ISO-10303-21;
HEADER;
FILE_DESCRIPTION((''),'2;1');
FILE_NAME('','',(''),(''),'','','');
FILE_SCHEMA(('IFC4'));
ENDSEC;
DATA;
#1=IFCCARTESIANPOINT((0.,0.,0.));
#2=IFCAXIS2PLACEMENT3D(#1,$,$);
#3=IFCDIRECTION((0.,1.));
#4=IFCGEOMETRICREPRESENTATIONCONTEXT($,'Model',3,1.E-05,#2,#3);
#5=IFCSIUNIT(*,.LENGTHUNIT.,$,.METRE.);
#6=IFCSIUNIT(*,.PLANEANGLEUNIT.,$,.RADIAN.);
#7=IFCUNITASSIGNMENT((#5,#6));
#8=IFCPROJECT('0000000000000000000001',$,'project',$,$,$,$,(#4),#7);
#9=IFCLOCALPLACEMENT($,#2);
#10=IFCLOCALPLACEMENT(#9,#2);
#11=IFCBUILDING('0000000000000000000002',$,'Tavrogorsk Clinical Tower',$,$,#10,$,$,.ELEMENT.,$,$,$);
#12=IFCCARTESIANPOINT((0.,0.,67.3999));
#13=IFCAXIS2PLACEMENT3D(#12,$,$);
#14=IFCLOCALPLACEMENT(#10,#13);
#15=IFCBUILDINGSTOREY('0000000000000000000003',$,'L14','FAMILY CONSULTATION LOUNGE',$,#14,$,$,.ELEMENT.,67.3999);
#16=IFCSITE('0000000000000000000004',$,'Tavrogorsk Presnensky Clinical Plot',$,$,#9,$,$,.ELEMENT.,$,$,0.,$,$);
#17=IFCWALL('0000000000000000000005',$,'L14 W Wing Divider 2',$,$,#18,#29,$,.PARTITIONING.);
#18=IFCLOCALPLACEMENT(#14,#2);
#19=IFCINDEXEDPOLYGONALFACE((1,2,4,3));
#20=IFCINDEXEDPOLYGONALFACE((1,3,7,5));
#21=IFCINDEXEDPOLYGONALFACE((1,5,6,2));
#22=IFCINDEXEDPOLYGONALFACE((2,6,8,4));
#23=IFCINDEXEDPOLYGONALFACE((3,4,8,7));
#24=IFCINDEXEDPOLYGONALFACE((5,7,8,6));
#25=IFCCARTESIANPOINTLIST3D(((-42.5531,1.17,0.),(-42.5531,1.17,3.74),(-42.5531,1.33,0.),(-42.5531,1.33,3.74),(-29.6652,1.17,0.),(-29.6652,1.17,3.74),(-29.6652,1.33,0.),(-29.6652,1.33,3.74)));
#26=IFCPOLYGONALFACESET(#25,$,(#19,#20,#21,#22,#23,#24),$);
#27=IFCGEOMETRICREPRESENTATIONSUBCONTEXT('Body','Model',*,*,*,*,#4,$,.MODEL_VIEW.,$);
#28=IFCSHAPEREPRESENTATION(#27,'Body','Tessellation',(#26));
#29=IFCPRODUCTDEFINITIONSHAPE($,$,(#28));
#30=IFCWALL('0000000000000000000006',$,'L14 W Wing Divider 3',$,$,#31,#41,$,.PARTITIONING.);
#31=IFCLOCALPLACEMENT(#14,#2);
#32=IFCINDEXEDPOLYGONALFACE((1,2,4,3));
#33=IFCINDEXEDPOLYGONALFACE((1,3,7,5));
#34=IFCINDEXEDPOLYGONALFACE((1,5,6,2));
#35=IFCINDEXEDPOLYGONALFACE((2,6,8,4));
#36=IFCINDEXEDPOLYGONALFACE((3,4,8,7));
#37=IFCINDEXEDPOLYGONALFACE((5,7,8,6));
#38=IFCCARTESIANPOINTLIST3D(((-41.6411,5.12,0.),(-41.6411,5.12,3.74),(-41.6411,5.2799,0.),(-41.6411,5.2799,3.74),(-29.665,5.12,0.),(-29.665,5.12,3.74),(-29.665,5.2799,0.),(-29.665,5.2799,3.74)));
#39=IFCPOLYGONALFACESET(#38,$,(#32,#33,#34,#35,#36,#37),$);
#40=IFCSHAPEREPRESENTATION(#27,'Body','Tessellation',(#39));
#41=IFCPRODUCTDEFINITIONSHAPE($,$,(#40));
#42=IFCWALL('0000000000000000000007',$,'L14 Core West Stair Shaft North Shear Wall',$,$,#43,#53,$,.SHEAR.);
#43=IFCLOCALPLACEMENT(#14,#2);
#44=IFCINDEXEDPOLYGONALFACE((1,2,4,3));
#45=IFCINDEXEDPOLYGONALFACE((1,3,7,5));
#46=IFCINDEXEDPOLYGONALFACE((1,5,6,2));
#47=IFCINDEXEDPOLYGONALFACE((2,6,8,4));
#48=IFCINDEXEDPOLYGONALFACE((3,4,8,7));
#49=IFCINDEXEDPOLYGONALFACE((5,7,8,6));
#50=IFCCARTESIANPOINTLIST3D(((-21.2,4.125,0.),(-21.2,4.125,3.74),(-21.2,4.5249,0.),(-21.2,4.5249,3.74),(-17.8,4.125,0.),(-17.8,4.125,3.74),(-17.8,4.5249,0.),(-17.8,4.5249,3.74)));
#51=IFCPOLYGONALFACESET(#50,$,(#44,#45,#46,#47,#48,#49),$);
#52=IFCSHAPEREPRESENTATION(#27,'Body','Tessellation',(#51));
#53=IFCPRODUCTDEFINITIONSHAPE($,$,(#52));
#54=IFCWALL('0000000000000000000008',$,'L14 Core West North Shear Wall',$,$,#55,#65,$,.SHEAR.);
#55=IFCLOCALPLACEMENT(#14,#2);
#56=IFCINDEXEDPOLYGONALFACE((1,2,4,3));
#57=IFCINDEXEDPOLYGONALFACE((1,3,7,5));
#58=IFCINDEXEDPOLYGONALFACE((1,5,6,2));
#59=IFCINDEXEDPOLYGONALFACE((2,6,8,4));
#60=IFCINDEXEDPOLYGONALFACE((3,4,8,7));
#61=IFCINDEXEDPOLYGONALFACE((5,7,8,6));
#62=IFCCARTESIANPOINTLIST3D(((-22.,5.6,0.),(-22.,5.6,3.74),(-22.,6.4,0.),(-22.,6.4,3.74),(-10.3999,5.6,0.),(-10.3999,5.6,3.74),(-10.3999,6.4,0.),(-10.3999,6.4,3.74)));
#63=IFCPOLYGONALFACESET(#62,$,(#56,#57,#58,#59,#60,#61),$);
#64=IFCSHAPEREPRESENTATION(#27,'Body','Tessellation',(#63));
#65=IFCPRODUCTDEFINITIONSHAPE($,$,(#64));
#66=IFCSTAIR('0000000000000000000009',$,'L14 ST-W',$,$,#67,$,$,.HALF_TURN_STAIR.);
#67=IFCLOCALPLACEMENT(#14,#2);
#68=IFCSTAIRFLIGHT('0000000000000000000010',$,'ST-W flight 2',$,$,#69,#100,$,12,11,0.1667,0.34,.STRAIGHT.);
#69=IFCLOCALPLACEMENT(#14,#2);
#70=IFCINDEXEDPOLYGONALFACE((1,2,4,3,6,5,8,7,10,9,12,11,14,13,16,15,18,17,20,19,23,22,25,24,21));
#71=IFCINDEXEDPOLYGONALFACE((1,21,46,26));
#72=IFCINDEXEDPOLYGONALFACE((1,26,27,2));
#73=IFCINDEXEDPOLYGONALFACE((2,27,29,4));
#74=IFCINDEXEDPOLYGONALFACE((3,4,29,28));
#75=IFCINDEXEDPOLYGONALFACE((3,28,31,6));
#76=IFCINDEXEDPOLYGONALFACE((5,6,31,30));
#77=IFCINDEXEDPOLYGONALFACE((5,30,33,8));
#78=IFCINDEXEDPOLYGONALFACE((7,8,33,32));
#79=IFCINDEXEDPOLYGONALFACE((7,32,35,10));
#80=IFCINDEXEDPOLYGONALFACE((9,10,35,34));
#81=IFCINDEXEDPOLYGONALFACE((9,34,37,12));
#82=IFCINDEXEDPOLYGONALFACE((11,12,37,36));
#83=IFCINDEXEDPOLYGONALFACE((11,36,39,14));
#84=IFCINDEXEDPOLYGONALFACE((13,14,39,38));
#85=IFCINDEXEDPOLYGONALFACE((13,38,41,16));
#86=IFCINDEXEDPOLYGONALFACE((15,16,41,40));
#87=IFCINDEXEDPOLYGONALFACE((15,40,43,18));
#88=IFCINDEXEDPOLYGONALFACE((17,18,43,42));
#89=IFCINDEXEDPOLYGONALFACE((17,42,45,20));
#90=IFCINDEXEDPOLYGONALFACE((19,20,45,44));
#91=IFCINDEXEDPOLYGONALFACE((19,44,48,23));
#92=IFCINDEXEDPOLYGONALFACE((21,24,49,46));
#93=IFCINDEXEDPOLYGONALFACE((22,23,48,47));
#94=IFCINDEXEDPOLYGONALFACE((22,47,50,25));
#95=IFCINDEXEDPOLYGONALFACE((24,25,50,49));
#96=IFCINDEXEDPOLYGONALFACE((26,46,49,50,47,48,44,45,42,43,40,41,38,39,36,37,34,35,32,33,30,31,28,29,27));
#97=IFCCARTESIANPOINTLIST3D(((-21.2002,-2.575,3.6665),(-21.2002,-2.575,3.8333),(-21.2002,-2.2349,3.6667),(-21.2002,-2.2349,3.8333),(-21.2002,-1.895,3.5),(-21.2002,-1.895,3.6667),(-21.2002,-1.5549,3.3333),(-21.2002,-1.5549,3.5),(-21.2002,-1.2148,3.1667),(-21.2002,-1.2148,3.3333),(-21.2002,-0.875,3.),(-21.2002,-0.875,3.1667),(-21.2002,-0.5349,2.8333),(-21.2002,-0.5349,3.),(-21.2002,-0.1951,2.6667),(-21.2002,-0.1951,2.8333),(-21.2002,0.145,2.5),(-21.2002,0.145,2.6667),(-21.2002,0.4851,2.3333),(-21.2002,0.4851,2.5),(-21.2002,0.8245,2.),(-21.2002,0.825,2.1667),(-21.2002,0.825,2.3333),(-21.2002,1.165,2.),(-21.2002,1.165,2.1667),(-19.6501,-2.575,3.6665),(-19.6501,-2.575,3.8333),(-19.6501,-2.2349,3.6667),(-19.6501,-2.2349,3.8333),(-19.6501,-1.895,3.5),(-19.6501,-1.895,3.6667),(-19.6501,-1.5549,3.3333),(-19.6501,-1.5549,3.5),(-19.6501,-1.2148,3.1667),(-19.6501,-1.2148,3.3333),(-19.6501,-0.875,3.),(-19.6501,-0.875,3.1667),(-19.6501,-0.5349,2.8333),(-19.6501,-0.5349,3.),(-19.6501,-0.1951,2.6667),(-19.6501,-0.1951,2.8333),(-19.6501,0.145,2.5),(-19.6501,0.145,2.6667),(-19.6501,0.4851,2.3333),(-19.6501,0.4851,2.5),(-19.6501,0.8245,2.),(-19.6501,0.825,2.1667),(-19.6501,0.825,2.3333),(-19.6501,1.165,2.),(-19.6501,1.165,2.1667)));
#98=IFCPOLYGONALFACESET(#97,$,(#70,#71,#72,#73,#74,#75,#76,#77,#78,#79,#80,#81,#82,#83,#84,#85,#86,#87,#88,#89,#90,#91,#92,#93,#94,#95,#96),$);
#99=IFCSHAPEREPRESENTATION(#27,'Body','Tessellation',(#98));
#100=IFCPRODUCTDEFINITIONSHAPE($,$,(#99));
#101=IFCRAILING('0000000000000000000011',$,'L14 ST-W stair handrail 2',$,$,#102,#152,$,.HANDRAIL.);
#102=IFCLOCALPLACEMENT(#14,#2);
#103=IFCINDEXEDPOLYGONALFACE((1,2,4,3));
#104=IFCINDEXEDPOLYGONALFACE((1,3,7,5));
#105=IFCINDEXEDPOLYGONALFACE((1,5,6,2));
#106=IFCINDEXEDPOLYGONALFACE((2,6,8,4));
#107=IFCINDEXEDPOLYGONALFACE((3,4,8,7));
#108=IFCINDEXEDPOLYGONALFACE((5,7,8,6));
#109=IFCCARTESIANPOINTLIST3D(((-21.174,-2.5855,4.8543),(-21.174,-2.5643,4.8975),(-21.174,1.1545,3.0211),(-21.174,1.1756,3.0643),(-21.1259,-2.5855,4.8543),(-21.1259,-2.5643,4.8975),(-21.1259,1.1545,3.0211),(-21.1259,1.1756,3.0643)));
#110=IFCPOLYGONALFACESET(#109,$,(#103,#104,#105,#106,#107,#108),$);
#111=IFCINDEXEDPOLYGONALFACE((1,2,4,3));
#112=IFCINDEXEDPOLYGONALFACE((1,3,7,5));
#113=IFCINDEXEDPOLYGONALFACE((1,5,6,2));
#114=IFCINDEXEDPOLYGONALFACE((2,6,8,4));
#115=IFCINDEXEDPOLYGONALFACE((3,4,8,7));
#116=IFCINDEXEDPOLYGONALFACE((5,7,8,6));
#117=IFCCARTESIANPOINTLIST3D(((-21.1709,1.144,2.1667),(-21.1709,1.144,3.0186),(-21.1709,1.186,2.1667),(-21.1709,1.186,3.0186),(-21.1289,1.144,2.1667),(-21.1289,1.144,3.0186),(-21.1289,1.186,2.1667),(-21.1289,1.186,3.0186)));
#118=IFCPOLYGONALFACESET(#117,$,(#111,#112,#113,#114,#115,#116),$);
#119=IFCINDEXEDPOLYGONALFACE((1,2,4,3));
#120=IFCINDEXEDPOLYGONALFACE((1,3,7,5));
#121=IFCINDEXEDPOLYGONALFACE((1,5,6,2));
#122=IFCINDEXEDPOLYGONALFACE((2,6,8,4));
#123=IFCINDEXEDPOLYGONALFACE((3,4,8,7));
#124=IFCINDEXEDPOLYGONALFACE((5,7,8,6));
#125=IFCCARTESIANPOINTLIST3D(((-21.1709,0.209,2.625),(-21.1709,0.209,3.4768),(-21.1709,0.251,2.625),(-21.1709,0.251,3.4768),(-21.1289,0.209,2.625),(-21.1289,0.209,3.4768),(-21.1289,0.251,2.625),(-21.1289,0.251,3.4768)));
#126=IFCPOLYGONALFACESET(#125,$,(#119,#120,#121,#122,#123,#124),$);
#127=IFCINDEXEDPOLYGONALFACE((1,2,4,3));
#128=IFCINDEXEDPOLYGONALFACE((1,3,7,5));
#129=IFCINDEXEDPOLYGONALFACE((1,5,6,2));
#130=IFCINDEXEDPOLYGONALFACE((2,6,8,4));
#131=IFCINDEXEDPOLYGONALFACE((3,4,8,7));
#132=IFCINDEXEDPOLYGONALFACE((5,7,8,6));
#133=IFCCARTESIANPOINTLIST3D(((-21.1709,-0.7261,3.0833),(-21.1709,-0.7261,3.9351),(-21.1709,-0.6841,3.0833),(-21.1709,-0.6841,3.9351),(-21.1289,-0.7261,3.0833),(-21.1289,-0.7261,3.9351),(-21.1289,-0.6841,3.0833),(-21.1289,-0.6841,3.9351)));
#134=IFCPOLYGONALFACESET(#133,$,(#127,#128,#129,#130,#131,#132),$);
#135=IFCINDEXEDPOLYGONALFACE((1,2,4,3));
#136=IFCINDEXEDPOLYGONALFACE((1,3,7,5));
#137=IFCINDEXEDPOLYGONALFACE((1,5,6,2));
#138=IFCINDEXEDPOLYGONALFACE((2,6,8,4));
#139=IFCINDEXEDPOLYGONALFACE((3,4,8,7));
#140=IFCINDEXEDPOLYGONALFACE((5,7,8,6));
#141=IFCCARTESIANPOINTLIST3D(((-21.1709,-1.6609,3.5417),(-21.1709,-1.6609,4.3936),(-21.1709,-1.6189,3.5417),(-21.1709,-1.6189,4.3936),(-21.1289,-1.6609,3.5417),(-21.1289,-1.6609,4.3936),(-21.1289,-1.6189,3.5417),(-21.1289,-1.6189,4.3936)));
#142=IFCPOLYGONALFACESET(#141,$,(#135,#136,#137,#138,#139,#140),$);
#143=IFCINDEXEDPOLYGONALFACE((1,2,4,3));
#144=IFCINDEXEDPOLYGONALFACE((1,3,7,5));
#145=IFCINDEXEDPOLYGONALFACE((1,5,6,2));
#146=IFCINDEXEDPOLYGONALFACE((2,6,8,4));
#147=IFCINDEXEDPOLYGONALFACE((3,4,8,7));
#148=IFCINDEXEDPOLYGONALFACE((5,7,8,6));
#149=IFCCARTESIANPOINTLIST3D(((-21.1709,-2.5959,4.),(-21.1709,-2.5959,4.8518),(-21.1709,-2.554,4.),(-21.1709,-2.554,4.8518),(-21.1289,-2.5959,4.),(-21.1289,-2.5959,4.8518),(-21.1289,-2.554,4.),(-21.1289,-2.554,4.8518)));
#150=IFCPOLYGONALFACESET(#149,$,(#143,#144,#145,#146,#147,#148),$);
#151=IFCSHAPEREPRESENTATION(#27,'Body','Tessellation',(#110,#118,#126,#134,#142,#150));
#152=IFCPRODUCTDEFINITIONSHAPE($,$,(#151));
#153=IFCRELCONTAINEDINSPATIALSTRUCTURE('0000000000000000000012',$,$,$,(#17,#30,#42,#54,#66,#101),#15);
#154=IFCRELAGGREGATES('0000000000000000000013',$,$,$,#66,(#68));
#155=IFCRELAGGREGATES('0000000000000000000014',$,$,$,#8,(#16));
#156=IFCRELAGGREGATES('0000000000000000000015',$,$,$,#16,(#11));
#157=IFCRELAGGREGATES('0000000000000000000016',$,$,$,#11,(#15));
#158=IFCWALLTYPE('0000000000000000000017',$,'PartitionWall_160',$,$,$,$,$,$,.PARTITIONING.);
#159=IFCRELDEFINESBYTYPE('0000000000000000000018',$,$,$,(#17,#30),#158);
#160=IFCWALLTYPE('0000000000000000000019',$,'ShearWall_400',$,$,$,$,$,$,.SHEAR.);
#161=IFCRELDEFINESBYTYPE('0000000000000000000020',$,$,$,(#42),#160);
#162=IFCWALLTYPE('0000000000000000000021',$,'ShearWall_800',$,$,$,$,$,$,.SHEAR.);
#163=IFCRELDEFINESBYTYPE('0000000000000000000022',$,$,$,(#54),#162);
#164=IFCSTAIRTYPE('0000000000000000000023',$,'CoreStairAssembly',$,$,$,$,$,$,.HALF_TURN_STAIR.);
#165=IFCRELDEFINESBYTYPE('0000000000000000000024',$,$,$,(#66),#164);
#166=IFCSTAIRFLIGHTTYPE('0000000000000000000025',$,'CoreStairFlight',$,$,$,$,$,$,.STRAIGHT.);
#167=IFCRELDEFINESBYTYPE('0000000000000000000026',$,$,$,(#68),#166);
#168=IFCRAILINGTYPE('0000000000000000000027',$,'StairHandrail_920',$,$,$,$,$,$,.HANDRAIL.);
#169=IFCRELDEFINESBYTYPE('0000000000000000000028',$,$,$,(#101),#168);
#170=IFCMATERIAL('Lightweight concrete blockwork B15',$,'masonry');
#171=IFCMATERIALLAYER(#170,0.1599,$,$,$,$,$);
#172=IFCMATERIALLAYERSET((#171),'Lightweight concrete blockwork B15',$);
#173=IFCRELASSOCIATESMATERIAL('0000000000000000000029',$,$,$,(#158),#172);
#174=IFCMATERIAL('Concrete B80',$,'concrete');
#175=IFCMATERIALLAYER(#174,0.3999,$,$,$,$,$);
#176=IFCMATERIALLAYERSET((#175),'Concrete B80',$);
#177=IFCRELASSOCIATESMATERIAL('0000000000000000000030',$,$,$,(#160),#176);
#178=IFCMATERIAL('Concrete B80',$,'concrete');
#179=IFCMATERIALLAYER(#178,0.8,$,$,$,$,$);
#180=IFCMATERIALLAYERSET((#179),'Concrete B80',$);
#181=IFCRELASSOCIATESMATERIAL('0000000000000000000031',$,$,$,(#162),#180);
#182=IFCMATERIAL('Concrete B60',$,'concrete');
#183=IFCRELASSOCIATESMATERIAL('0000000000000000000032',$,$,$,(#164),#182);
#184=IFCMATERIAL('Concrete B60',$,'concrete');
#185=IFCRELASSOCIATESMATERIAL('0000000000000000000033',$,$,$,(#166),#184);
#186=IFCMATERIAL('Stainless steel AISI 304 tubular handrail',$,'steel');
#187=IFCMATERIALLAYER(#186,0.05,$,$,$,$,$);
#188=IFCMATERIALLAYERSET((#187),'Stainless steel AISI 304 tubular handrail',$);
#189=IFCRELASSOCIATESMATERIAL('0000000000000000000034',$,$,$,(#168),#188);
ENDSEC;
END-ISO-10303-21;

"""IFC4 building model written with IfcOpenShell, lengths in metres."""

from ifc_helpers import new_model, si_unit, direction, frame, frame_2d, origin, origin_2d, place, context, subcontext, project, spatial, polyline, rectangle, outline, extrude, material, layer, layer_set, type_object, element, aggregate, save


model = new_model("IFC4")

# Units and contexts
model_context = context("Model", 3, precision=1e-05, world=origin(), true_north=direction((0.0, 1.0)))
body_context = subcontext(model_context, "Body", "Model", "MODEL_VIEW")
ifc_project = project(units=[si_unit("LENGTHUNIT", "METRE"), si_unit("PLANEANGLEUNIT", "RADIAN")], contexts=[model_context])

# Site, building, storey
site_placement = place(None, origin())
site = spatial("IfcSite", under=ifc_project, at=site_placement, Name="Tavrogorsk Presnensky Clinical Plot", CompositionType="ELEMENT", RefElevation=0.0)
building_placement = place(site_placement, origin())
building = spatial("IfcBuilding", under=site, at=building_placement, Name="Tavrogorsk Clinical Tower", CompositionType="ELEMENT")
storey_placement = place(building_placement, frame((0.0, 0.0, 67.3999)))
storey = spatial("IfcBuildingStorey", under=building, at=storey_placement, Name="L14", Description="FAMILY CONSULTATION LOUNGE", CompositionType="ELEMENT", Elevation=67.3999)

# Shared definitions
ifc_material_1 = material(Name="Lightweight concrete blockwork B15", Category="masonry")
ifc_layer_1 = layer(ifc_material_1, 0.1599)
ifc_layer_set_1 = layer_set([ifc_layer_1], Name="Lightweight concrete blockwork B15")
wall_type_1 = type_object("IfcWallType", Name="PartitionWall_160", PredefinedType="PARTITIONING", material=ifc_layer_set_1)

# Walls
wall_1_placement = place(storey_placement, frame((-42.553, 1.25, 0.0), z_axis=(0.0, 0.0, 1.0), x_axis=(1.0, 0.0, 0.0)))
element("IfcWall", 1, at=wall_1_placement, inside=storey, type_object=wall_type_1, Name="L14 W Wing Divider 2", PredefinedType="PARTITIONING", context=body_context, shape_type="SweptSolid", body=[
    extrude(rectangle(XDim=12.8879, YDim=0.1599, at=frame_2d((6.4438, 0.0))), origin(), (0.0, 0.0, 1.0), 3.74),
])
wall_2_placement = place(storey_placement, frame((-41.6411, 5.2, 0.0), z_axis=(0.0, 0.0, 1.0), x_axis=(1.0, 0.0, 0.0)))
element("IfcWall", 2, at=wall_2_placement, inside=storey, type_object=wall_type_1, Name="L14 W Wing Divider 3", PredefinedType="PARTITIONING", context=body_context, shape_type="SweptSolid", body=[
    extrude(rectangle(XDim=11.9761, YDim=0.1599, at=frame_2d((5.988, 0.0))), origin(), (0.0, 0.0, 1.0), 3.74),
])
ifc_material_2 = material(Name="Concrete B80", Category="concrete")
ifc_layer_2 = layer(ifc_material_2, 0.3999)
ifc_layer_set_2 = layer_set([ifc_layer_2], Name="Concrete B80")
wall_type_2 = type_object("IfcWallType", Name="ShearWall_400", PredefinedType="SHEAR", material=ifc_layer_set_2)
wall_3_placement = place(storey_placement, frame((-21.2, 4.325, 0.0), z_axis=(0.0, 0.0, 1.0), x_axis=(1.0, 0.0, 0.0)))
element("IfcWall", 3, at=wall_3_placement, inside=storey, type_object=wall_type_2, Name="L14 Core West Stair Shaft North Shear Wall", PredefinedType="SHEAR", context=body_context, shape_type="SweptSolid", body=[
    extrude(rectangle(XDim=3.3999, YDim=0.3999, at=frame_2d((1.7, 0.0))), origin(), (0.0, 0.0, 1.0), 3.74),
])
ifc_material_3 = material(Name="Concrete B80", Category="concrete")
ifc_layer_3 = layer(ifc_material_3, 0.8)
ifc_layer_set_3 = layer_set([ifc_layer_3], Name="Concrete B80")
wall_type_3 = type_object("IfcWallType", Name="ShearWall_800", PredefinedType="SHEAR", material=ifc_layer_set_3)
wall_4_placement = place(storey_placement, frame((-22.0, 6.0, 0.0), z_axis=(0.0, 0.0, 1.0), x_axis=(1.0, 0.0, 0.0)))
element("IfcWall", 4, at=wall_4_placement, inside=storey, type_object=wall_type_3, Name="L14 Core West North Shear Wall", PredefinedType="SHEAR", context=body_context, shape_type="SweptSolid", body=[
    extrude(rectangle(XDim=11.6001, YDim=0.8, at=frame_2d((5.8, 0.0))), origin(), (0.0, 0.0, 1.0), 3.74),
])

# Stair, stair flight
ifc_material_4 = material(Name="Concrete B60", Category="concrete")
stair_type = type_object("IfcStairType", Name="CoreStairAssembly", PredefinedType="HALF_TURN_STAIR", material=ifc_material_4)
stair_placement = place(storey_placement, origin())
stair = element("IfcStair", 5, at=stair_placement, inside=storey, type_object=stair_type, Name="L14 ST-W", PredefinedType="HALF_TURN_STAIR")
ifc_material_5 = material(Name="Concrete B60", Category="concrete")
stair_flight_type = type_object("IfcStairFlightType", Name="CoreStairFlight", PredefinedType="STRAIGHT", material=ifc_material_5)
stair_flight_placement = place(storey_placement, frame((-20.425, 1.165, 2.0), z_axis=(0.0, 0.0, 1.0), x_axis=(0.0, -1.0, 0.0)))
stair_flight = element("IfcStairFlight", 6, at=stair_flight_placement, type_object=stair_flight_type, Name="ST-W flight 2", NumberOfRisers=12, NumberOfTreads=11, PredefinedType="STRAIGHT", RiserHeight=0.1667, TreadLength=0.34, context=body_context, shape_type="SweptSolid", body=[
    extrude(outline(polyline([(0.0, 0.0), (0.0, 0.1667), (0.3401, 0.1667), (0.3401, 0.3333), (0.6799, 0.3333), (0.6799, 0.5), (1.02, 0.5), (1.02, 0.6667), (1.3601, 0.6667), (1.3601, 0.8333), (1.7, 0.8333), (1.7, 1.0), (2.04, 1.0), (2.04, 1.1667), (2.3799, 1.1667), (2.3799, 1.3333), (2.72, 1.3333), (2.72, 1.5), (3.0601, 1.5), (3.0601, 1.6667), (3.3999, 1.6667), (3.3999, 1.8333), (3.74, 1.8333), (3.74, 2.0), (3.74, 1.6665), (0.3406, 0.0), (0.0, 0.0)])), frame((0.0, 0.7749, 0.0), z_axis=(0.0, -1.0, 0.0), x_axis=(1.0, 0.0, 0.0)), (0.0, 0.0, 1.0), 1.55),
])
aggregate(stair, [stair_flight])

# Railing
ifc_material_6 = material(Name="Stainless steel AISI 304 tubular handrail", Category="steel")
ifc_layer_4 = layer(ifc_material_6, 0.05)
ifc_layer_set_4 = layer_set([ifc_layer_4], Name="Stainless steel AISI 304 tubular handrail")
railing_type = type_object("IfcRailingType", Name="StairHandrail_920", PredefinedType="HANDRAIL", material=ifc_layer_set_4)
railing_placement = place(storey_placement, frame((-21.1499, 1.165, 2.1667)))
element("IfcRailing", 7, at=railing_placement, inside=storey, type_object=railing_type, Name="L14 ST-W stair handrail 2", PredefinedType="HANDRAIL", context=body_context, shape_type="SweptSolid", body=[
    extrude(rectangle(XDim=0.0481, YDim=0.0481, at=origin_2d()), frame((0.0, 0.0, 0.876), z_axis=(0.0, -0.897928, 0.440142), x_axis=(1.0, 0.0, 0.0)), (0.0, 0.0, 1.0), 4.165),
    extrude(rectangle(XDim=0.042, YDim=0.042, at=origin_2d()), origin(), (0.0, 0.0, 1.0), 0.8518),
    extrude(rectangle(XDim=0.042, YDim=0.042, at=origin_2d()), frame((0.0, -0.9351, 0.4583)), (0.0, 0.0, 1.0), 0.8518),
    extrude(rectangle(XDim=0.042, YDim=0.042, at=origin_2d()), frame((0.0, -1.8701, 0.9165)), (0.0, 0.0, 1.0), 0.8518),
    extrude(rectangle(XDim=0.042, YDim=0.042, at=origin_2d()), frame((0.0, -2.8049, 1.375)), (0.0, 0.0, 1.0), 0.8518),
    extrude(rectangle(XDim=0.042, YDim=0.042, at=origin_2d()), frame((0.0, -3.74, 1.8333)), (0.0, 0.0, 1.0), 0.8518),
])

save(model, "model.ifc")
